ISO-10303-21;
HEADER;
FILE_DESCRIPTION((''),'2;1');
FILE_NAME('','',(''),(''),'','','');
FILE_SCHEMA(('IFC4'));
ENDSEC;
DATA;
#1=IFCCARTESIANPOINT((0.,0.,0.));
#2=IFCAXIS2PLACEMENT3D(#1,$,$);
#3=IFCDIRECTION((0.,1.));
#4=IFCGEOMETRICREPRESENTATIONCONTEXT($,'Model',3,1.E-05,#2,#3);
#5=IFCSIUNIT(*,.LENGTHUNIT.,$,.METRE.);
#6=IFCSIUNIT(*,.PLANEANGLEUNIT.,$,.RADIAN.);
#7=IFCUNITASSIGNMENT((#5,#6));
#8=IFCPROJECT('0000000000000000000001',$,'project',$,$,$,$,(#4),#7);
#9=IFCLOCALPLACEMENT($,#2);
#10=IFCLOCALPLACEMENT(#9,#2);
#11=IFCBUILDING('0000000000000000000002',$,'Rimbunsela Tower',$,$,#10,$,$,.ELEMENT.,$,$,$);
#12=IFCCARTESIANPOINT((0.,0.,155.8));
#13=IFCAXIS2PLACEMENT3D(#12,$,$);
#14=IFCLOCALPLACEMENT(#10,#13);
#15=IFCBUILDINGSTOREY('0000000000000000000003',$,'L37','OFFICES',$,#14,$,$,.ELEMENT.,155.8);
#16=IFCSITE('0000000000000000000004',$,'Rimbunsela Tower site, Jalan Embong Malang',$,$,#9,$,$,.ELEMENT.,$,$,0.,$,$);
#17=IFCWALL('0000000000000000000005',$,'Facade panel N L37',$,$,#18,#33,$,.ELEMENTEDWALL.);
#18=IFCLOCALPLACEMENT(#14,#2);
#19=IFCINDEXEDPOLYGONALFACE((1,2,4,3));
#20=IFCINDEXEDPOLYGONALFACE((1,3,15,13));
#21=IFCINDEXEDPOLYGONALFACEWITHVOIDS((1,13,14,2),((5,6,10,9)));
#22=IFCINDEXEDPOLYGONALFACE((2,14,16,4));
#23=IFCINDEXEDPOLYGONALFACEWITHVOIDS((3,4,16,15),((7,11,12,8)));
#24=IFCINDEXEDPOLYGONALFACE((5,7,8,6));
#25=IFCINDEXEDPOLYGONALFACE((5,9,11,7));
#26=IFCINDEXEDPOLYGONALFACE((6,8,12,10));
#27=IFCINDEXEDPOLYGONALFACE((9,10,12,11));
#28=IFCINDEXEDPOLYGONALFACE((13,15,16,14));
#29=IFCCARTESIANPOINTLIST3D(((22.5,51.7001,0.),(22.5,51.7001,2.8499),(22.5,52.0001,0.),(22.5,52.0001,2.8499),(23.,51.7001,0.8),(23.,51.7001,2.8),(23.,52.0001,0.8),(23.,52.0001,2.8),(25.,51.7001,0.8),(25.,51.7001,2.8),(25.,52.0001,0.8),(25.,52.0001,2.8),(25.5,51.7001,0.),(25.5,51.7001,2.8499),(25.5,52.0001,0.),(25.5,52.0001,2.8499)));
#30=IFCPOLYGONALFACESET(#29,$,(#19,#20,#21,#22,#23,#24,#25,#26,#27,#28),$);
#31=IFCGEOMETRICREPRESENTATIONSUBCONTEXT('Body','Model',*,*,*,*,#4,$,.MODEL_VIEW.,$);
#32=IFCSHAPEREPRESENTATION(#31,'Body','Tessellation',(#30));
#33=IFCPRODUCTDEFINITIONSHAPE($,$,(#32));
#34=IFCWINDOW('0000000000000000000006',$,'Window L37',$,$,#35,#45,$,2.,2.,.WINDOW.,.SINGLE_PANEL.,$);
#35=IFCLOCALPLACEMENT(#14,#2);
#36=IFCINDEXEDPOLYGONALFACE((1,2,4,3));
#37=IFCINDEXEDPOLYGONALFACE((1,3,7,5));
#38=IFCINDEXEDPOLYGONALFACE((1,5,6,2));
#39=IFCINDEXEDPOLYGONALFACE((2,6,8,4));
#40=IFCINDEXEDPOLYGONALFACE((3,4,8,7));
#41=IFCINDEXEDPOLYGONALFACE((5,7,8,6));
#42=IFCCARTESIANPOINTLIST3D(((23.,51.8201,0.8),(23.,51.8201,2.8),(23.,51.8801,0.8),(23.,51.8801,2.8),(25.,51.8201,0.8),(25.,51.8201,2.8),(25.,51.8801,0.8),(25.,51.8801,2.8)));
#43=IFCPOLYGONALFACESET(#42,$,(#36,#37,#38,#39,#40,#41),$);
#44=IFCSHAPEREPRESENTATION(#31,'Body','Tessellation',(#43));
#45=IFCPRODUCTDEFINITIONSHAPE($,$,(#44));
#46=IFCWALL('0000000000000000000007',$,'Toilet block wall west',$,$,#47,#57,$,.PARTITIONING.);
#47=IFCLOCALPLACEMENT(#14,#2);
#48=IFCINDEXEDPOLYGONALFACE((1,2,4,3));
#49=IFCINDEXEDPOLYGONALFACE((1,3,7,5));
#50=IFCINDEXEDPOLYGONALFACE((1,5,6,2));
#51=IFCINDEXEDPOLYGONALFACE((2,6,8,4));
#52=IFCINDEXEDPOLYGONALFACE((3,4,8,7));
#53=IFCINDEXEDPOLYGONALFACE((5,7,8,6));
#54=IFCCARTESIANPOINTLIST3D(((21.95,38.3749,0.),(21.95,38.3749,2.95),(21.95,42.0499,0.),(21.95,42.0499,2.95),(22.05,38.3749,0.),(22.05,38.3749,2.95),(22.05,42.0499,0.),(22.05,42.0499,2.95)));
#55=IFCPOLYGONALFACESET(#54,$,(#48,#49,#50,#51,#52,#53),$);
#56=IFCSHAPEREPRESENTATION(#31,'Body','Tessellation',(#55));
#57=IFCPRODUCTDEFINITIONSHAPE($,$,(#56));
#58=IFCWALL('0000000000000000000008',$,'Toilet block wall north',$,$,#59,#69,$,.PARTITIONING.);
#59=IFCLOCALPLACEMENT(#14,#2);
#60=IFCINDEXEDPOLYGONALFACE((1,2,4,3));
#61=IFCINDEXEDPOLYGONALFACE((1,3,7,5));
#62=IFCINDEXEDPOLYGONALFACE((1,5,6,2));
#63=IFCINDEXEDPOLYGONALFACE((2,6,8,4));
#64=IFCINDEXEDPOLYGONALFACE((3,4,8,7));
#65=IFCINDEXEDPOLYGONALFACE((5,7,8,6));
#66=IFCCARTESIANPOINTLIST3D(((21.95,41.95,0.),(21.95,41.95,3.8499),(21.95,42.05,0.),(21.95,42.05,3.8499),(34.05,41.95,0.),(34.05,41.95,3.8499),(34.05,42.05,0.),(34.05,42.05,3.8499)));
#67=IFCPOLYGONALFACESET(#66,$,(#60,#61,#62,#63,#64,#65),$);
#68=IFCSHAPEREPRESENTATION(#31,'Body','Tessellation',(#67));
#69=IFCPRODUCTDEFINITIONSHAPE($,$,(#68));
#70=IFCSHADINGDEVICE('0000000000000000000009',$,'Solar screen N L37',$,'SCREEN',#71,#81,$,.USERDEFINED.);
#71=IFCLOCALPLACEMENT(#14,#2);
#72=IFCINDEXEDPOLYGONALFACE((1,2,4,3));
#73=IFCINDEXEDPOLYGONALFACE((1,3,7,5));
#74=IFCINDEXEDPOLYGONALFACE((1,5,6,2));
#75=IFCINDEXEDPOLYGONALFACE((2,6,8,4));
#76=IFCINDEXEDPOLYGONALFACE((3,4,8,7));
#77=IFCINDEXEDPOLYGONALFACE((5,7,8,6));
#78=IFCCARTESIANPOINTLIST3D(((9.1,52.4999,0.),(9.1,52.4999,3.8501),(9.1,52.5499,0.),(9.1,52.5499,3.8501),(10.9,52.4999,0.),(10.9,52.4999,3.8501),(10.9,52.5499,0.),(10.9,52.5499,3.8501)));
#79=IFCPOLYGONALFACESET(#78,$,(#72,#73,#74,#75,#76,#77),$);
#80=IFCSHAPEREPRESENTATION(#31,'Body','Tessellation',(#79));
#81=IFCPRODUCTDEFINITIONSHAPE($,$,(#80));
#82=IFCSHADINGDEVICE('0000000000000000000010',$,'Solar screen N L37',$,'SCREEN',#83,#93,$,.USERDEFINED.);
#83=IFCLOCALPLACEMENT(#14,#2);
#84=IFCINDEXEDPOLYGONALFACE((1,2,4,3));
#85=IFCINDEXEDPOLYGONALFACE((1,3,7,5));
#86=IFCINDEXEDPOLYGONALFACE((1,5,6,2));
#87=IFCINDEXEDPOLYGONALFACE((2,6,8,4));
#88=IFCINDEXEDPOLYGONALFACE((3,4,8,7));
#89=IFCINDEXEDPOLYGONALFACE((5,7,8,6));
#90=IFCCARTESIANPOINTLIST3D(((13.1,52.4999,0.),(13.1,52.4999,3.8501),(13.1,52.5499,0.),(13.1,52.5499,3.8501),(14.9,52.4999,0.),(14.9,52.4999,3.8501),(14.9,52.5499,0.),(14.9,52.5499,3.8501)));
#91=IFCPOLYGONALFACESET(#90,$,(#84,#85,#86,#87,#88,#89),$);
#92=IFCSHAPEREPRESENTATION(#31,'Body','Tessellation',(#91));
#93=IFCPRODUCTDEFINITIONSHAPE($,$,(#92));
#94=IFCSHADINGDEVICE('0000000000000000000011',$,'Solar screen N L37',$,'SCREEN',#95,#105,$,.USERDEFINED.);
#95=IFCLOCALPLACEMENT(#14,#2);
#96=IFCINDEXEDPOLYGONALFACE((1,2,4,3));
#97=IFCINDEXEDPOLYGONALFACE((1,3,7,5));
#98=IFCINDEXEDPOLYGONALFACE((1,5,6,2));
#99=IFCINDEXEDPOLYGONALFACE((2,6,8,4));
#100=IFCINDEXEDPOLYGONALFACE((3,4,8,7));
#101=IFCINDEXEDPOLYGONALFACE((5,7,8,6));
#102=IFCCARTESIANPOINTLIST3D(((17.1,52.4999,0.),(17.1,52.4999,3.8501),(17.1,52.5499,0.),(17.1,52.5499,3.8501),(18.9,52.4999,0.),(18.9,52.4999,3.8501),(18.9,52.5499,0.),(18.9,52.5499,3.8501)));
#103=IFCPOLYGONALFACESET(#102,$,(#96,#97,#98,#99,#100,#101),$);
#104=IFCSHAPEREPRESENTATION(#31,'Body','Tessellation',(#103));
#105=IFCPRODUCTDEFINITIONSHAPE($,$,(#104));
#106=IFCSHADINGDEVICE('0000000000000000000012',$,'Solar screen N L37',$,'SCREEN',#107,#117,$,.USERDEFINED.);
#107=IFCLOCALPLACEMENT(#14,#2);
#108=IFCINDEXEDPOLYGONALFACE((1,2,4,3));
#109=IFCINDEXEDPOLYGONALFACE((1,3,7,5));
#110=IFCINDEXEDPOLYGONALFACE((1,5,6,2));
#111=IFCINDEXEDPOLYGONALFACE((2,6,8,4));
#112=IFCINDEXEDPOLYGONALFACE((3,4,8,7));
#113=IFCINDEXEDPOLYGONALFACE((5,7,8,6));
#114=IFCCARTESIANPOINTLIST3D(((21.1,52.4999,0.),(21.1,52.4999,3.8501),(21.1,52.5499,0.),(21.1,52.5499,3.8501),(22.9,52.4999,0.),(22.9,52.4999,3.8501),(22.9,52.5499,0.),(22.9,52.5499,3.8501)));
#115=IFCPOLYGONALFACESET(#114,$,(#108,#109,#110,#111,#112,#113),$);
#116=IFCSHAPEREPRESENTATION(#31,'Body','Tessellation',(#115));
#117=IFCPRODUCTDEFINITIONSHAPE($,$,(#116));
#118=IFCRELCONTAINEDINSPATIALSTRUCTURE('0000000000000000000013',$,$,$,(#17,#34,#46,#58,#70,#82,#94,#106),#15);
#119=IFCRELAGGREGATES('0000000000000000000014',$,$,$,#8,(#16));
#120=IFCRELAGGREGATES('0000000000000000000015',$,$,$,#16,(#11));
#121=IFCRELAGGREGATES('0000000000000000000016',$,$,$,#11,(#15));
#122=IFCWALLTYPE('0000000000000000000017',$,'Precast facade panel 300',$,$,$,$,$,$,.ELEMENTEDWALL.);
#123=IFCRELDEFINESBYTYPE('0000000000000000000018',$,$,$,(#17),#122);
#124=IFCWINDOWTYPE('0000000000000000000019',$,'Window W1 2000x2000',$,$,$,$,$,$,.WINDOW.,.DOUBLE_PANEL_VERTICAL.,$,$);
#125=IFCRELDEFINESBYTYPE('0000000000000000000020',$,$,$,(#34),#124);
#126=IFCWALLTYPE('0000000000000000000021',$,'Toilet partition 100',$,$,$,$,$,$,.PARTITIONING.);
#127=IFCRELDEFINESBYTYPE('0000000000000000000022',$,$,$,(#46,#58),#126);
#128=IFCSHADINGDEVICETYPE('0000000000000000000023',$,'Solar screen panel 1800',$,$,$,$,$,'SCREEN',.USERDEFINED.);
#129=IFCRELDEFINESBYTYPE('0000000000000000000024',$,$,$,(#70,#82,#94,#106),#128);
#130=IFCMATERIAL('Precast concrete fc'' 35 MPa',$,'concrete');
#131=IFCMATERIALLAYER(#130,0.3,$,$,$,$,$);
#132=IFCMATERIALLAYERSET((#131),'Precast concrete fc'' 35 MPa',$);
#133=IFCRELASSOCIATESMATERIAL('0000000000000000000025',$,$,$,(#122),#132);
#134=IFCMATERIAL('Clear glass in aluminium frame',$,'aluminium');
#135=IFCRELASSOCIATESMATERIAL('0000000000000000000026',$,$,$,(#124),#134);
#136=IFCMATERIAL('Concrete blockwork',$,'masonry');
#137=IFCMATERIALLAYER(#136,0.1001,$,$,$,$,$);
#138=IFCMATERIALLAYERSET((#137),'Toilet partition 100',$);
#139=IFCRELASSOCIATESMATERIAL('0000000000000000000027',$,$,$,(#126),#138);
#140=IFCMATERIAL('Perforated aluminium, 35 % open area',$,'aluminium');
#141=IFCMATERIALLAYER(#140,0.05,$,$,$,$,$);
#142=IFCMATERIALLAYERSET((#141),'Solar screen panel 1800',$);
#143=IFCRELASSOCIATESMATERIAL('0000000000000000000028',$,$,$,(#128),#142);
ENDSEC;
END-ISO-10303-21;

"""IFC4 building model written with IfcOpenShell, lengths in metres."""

from ifc_helpers import new_model, si_unit, direction, frame, frame_2d, origin, origin_2d, place, context, subcontext, project, spatial, rectangle, extrude, material, layer, layer_set, type_object, element, fill, save


model = new_model("IFC4")

# Units and contexts
model_context = context("Model", 3, precision=1e-05, world=origin(), true_north=direction((0.0, 1.0)))
body_context = subcontext(model_context, "Body", "Model", "MODEL_VIEW")
ifc_project = project(units=[si_unit("LENGTHUNIT", "METRE"), si_unit("PLANEANGLEUNIT", "RADIAN")], contexts=[model_context])

# Site, building, storey
site_placement = place(None, origin())
site = spatial("IfcSite", under=ifc_project, at=site_placement, Name="Rimbunsela Tower site, Jalan Embong Malang", CompositionType="ELEMENT", RefElevation=0.0)
building_placement = place(site_placement, origin())
building = spatial("IfcBuilding", under=site, at=building_placement, Name="Rimbunsela Tower", CompositionType="ELEMENT")
storey_placement = place(building_placement, frame((0.0, 0.0, 155.8)))
storey = spatial("IfcBuildingStorey", under=building, at=storey_placement, Name="L37", Description="OFFICES", CompositionType="ELEMENT", Elevation=155.8)

# Shared definitions
ifc_material_1 = material(Name="Precast concrete fc' 35 MPa", Category="concrete")
ifc_layer_1 = layer(ifc_material_1, 0.3)
ifc_layer_set_1 = layer_set([ifc_layer_1], Name="Precast concrete fc' 35 MPa")
wall_type_1 = type_object("IfcWallType", Name="Precast facade panel 300", PredefinedType="ELEMENTEDWALL", material=ifc_layer_set_1)

# Wall, opening, window
ifc_material_2 = material(Name="Clear glass in aluminium frame", Category="aluminium")
window_type = type_object("IfcWindowType", Name="Window W1 2000x2000", PartitioningType="DOUBLE_PANEL_VERTICAL", PredefinedType="WINDOW", material=ifc_material_2)
wall_1_placement = place(storey_placement, frame((25.5, 51.8501, 0.0), z_axis=(0.0, 0.0, 1.0), x_axis=(-1.0, 0.0, 0.0)))
wall_1 = element("IfcWall", 1, at=wall_1_placement, inside=storey, type_object=wall_type_1, Name="Facade panel N L37", PredefinedType="ELEMENTEDWALL", context=body_context, shape_type="SweptSolid", body=[
    extrude(rectangle(XDim=3.0, YDim=0.3, at=frame_2d((1.5, 0.0))), origin(), (0.0, 0.0, 1.0), 2.8499),
])
opening_1_placement = place(wall_1_placement, frame((0.5, 0.0, 0.8)))
opening_1 = element("IfcOpeningElement", 2, at=opening_1_placement, cuts=wall_1, PredefinedType="OPENING", context=body_context, shape_type="SweptSolid", body=[
    extrude(rectangle(XDim=2.0, YDim=2.0, at=frame_2d((1.0, 1.0))), frame((0.0, 0.1599, 0.0), z_axis=(0.0, -1.0, 0.0), x_axis=(1.0, 0.0, 0.0)), (0.0, 0.0, 1.0), 0.3201),
])
window_1_placement = place(opening_1_placement, origin())
window_1 = element("IfcWindow", 3, at=window_1_placement, inside=storey, type_object=window_type, Name="Window L37", OverallHeight=2.0, OverallWidth=2.0, PartitioningType="SINGLE_PANEL", PredefinedType="WINDOW", context=body_context, shape_type="SweptSolid", body=[
    extrude(rectangle(XDim=2.0, YDim=2.0, at=frame_2d((1.0, 1.0))), frame((0.0, 0.03, 0.0), z_axis=(0.0, -1.0, 0.0), x_axis=(1.0, 0.0, 0.0)), (0.0, 0.0, 1.0), 0.0601),
])
fill(opening_1, window_1)

# Walls
ifc_material_3 = material(Name="Concrete blockwork", Category="masonry")
ifc_layer_2 = layer(ifc_material_3, 0.1001)
ifc_layer_set_2 = layer_set([ifc_layer_2], Name="Toilet partition 100")
wall_type_2 = type_object("IfcWallType", Name="Toilet partition 100", PredefinedType="PARTITIONING", material=ifc_layer_set_2)
wall_2_placement = place(storey_placement, frame((22.0, 38.375, 0.0), z_axis=(0.0, 0.0, 1.0), x_axis=(0.0, 1.0, 0.0)))
element("IfcWall", 4, at=wall_2_placement, inside=storey, type_object=wall_type_2, Name="Toilet block wall west", PredefinedType="PARTITIONING", context=body_context, shape_type="SweptSolid", body=[
    extrude(rectangle(XDim=3.675, YDim=0.1001, at=frame_2d((1.8374, 0.0))), origin(), (0.0, 0.0, 1.0), 2.95),
])
wall_3_placement = place(storey_placement, frame((21.95, 42.0, 0.0), z_axis=(0.0, 0.0, 1.0), x_axis=(1.0, 0.0, 0.0)))
element("IfcWall", 5, at=wall_3_placement, inside=storey, type_object=wall_type_2, Name="Toilet block wall north", PredefinedType="PARTITIONING", context=body_context, shape_type="SweptSolid", body=[
    extrude(rectangle(XDim=12.1001, YDim=0.1001, at=frame_2d((6.05, 0.0))), origin(), (0.0, 0.0, 1.0), 3.8499),
])

# Shading devices
ifc_material_4 = material(Name="Perforated aluminium, 35 % open area", Category="aluminium")
ifc_layer_3 = layer(ifc_material_4, 0.05)
ifc_layer_set_3 = layer_set([ifc_layer_3], Name="Solar screen panel 1800")
shading_device_type = type_object("IfcShadingDeviceType", Name="Solar screen panel 1800", ElementType="SCREEN", PredefinedType="USERDEFINED", material=ifc_layer_set_3)
for number, where, z_axis, x_axis, name in (
    (6, (10.0, 52.5249, 0.0), (0.0, 0.0, 1.0), (1.0, 0.0, 0.0), "Solar screen N L37"),
    (7, (14.0, 52.5249, 0.0), (0.0, 0.0, 1.0), (1.0, 0.0, 0.0), "Solar screen N L37"),
    (8, (18.0, 52.5249, 0.0), (0.0, 0.0, 1.0), (1.0, 0.0, 0.0), "Solar screen N L37"),
    (9, (22.0, 52.5249, 0.0), (0.0, 0.0, 1.0), (1.0, 0.0, 0.0), "Solar screen N L37"),
):
    element("IfcShadingDevice", number, at=place(storey_placement, frame(where, z_axis=z_axis, x_axis=x_axis)), inside=storey, type_object=shading_device_type, Name=name, ObjectType="SCREEN", PredefinedType="USERDEFINED", context=body_context, shape_type="SweptSolid", body=[
        extrude(rectangle(XDim=1.8, YDim=0.05, at=origin_2d()), origin(), (0.0, 0.0, 1.0), 3.8501),
    ])

save(model, "model.ifc")
